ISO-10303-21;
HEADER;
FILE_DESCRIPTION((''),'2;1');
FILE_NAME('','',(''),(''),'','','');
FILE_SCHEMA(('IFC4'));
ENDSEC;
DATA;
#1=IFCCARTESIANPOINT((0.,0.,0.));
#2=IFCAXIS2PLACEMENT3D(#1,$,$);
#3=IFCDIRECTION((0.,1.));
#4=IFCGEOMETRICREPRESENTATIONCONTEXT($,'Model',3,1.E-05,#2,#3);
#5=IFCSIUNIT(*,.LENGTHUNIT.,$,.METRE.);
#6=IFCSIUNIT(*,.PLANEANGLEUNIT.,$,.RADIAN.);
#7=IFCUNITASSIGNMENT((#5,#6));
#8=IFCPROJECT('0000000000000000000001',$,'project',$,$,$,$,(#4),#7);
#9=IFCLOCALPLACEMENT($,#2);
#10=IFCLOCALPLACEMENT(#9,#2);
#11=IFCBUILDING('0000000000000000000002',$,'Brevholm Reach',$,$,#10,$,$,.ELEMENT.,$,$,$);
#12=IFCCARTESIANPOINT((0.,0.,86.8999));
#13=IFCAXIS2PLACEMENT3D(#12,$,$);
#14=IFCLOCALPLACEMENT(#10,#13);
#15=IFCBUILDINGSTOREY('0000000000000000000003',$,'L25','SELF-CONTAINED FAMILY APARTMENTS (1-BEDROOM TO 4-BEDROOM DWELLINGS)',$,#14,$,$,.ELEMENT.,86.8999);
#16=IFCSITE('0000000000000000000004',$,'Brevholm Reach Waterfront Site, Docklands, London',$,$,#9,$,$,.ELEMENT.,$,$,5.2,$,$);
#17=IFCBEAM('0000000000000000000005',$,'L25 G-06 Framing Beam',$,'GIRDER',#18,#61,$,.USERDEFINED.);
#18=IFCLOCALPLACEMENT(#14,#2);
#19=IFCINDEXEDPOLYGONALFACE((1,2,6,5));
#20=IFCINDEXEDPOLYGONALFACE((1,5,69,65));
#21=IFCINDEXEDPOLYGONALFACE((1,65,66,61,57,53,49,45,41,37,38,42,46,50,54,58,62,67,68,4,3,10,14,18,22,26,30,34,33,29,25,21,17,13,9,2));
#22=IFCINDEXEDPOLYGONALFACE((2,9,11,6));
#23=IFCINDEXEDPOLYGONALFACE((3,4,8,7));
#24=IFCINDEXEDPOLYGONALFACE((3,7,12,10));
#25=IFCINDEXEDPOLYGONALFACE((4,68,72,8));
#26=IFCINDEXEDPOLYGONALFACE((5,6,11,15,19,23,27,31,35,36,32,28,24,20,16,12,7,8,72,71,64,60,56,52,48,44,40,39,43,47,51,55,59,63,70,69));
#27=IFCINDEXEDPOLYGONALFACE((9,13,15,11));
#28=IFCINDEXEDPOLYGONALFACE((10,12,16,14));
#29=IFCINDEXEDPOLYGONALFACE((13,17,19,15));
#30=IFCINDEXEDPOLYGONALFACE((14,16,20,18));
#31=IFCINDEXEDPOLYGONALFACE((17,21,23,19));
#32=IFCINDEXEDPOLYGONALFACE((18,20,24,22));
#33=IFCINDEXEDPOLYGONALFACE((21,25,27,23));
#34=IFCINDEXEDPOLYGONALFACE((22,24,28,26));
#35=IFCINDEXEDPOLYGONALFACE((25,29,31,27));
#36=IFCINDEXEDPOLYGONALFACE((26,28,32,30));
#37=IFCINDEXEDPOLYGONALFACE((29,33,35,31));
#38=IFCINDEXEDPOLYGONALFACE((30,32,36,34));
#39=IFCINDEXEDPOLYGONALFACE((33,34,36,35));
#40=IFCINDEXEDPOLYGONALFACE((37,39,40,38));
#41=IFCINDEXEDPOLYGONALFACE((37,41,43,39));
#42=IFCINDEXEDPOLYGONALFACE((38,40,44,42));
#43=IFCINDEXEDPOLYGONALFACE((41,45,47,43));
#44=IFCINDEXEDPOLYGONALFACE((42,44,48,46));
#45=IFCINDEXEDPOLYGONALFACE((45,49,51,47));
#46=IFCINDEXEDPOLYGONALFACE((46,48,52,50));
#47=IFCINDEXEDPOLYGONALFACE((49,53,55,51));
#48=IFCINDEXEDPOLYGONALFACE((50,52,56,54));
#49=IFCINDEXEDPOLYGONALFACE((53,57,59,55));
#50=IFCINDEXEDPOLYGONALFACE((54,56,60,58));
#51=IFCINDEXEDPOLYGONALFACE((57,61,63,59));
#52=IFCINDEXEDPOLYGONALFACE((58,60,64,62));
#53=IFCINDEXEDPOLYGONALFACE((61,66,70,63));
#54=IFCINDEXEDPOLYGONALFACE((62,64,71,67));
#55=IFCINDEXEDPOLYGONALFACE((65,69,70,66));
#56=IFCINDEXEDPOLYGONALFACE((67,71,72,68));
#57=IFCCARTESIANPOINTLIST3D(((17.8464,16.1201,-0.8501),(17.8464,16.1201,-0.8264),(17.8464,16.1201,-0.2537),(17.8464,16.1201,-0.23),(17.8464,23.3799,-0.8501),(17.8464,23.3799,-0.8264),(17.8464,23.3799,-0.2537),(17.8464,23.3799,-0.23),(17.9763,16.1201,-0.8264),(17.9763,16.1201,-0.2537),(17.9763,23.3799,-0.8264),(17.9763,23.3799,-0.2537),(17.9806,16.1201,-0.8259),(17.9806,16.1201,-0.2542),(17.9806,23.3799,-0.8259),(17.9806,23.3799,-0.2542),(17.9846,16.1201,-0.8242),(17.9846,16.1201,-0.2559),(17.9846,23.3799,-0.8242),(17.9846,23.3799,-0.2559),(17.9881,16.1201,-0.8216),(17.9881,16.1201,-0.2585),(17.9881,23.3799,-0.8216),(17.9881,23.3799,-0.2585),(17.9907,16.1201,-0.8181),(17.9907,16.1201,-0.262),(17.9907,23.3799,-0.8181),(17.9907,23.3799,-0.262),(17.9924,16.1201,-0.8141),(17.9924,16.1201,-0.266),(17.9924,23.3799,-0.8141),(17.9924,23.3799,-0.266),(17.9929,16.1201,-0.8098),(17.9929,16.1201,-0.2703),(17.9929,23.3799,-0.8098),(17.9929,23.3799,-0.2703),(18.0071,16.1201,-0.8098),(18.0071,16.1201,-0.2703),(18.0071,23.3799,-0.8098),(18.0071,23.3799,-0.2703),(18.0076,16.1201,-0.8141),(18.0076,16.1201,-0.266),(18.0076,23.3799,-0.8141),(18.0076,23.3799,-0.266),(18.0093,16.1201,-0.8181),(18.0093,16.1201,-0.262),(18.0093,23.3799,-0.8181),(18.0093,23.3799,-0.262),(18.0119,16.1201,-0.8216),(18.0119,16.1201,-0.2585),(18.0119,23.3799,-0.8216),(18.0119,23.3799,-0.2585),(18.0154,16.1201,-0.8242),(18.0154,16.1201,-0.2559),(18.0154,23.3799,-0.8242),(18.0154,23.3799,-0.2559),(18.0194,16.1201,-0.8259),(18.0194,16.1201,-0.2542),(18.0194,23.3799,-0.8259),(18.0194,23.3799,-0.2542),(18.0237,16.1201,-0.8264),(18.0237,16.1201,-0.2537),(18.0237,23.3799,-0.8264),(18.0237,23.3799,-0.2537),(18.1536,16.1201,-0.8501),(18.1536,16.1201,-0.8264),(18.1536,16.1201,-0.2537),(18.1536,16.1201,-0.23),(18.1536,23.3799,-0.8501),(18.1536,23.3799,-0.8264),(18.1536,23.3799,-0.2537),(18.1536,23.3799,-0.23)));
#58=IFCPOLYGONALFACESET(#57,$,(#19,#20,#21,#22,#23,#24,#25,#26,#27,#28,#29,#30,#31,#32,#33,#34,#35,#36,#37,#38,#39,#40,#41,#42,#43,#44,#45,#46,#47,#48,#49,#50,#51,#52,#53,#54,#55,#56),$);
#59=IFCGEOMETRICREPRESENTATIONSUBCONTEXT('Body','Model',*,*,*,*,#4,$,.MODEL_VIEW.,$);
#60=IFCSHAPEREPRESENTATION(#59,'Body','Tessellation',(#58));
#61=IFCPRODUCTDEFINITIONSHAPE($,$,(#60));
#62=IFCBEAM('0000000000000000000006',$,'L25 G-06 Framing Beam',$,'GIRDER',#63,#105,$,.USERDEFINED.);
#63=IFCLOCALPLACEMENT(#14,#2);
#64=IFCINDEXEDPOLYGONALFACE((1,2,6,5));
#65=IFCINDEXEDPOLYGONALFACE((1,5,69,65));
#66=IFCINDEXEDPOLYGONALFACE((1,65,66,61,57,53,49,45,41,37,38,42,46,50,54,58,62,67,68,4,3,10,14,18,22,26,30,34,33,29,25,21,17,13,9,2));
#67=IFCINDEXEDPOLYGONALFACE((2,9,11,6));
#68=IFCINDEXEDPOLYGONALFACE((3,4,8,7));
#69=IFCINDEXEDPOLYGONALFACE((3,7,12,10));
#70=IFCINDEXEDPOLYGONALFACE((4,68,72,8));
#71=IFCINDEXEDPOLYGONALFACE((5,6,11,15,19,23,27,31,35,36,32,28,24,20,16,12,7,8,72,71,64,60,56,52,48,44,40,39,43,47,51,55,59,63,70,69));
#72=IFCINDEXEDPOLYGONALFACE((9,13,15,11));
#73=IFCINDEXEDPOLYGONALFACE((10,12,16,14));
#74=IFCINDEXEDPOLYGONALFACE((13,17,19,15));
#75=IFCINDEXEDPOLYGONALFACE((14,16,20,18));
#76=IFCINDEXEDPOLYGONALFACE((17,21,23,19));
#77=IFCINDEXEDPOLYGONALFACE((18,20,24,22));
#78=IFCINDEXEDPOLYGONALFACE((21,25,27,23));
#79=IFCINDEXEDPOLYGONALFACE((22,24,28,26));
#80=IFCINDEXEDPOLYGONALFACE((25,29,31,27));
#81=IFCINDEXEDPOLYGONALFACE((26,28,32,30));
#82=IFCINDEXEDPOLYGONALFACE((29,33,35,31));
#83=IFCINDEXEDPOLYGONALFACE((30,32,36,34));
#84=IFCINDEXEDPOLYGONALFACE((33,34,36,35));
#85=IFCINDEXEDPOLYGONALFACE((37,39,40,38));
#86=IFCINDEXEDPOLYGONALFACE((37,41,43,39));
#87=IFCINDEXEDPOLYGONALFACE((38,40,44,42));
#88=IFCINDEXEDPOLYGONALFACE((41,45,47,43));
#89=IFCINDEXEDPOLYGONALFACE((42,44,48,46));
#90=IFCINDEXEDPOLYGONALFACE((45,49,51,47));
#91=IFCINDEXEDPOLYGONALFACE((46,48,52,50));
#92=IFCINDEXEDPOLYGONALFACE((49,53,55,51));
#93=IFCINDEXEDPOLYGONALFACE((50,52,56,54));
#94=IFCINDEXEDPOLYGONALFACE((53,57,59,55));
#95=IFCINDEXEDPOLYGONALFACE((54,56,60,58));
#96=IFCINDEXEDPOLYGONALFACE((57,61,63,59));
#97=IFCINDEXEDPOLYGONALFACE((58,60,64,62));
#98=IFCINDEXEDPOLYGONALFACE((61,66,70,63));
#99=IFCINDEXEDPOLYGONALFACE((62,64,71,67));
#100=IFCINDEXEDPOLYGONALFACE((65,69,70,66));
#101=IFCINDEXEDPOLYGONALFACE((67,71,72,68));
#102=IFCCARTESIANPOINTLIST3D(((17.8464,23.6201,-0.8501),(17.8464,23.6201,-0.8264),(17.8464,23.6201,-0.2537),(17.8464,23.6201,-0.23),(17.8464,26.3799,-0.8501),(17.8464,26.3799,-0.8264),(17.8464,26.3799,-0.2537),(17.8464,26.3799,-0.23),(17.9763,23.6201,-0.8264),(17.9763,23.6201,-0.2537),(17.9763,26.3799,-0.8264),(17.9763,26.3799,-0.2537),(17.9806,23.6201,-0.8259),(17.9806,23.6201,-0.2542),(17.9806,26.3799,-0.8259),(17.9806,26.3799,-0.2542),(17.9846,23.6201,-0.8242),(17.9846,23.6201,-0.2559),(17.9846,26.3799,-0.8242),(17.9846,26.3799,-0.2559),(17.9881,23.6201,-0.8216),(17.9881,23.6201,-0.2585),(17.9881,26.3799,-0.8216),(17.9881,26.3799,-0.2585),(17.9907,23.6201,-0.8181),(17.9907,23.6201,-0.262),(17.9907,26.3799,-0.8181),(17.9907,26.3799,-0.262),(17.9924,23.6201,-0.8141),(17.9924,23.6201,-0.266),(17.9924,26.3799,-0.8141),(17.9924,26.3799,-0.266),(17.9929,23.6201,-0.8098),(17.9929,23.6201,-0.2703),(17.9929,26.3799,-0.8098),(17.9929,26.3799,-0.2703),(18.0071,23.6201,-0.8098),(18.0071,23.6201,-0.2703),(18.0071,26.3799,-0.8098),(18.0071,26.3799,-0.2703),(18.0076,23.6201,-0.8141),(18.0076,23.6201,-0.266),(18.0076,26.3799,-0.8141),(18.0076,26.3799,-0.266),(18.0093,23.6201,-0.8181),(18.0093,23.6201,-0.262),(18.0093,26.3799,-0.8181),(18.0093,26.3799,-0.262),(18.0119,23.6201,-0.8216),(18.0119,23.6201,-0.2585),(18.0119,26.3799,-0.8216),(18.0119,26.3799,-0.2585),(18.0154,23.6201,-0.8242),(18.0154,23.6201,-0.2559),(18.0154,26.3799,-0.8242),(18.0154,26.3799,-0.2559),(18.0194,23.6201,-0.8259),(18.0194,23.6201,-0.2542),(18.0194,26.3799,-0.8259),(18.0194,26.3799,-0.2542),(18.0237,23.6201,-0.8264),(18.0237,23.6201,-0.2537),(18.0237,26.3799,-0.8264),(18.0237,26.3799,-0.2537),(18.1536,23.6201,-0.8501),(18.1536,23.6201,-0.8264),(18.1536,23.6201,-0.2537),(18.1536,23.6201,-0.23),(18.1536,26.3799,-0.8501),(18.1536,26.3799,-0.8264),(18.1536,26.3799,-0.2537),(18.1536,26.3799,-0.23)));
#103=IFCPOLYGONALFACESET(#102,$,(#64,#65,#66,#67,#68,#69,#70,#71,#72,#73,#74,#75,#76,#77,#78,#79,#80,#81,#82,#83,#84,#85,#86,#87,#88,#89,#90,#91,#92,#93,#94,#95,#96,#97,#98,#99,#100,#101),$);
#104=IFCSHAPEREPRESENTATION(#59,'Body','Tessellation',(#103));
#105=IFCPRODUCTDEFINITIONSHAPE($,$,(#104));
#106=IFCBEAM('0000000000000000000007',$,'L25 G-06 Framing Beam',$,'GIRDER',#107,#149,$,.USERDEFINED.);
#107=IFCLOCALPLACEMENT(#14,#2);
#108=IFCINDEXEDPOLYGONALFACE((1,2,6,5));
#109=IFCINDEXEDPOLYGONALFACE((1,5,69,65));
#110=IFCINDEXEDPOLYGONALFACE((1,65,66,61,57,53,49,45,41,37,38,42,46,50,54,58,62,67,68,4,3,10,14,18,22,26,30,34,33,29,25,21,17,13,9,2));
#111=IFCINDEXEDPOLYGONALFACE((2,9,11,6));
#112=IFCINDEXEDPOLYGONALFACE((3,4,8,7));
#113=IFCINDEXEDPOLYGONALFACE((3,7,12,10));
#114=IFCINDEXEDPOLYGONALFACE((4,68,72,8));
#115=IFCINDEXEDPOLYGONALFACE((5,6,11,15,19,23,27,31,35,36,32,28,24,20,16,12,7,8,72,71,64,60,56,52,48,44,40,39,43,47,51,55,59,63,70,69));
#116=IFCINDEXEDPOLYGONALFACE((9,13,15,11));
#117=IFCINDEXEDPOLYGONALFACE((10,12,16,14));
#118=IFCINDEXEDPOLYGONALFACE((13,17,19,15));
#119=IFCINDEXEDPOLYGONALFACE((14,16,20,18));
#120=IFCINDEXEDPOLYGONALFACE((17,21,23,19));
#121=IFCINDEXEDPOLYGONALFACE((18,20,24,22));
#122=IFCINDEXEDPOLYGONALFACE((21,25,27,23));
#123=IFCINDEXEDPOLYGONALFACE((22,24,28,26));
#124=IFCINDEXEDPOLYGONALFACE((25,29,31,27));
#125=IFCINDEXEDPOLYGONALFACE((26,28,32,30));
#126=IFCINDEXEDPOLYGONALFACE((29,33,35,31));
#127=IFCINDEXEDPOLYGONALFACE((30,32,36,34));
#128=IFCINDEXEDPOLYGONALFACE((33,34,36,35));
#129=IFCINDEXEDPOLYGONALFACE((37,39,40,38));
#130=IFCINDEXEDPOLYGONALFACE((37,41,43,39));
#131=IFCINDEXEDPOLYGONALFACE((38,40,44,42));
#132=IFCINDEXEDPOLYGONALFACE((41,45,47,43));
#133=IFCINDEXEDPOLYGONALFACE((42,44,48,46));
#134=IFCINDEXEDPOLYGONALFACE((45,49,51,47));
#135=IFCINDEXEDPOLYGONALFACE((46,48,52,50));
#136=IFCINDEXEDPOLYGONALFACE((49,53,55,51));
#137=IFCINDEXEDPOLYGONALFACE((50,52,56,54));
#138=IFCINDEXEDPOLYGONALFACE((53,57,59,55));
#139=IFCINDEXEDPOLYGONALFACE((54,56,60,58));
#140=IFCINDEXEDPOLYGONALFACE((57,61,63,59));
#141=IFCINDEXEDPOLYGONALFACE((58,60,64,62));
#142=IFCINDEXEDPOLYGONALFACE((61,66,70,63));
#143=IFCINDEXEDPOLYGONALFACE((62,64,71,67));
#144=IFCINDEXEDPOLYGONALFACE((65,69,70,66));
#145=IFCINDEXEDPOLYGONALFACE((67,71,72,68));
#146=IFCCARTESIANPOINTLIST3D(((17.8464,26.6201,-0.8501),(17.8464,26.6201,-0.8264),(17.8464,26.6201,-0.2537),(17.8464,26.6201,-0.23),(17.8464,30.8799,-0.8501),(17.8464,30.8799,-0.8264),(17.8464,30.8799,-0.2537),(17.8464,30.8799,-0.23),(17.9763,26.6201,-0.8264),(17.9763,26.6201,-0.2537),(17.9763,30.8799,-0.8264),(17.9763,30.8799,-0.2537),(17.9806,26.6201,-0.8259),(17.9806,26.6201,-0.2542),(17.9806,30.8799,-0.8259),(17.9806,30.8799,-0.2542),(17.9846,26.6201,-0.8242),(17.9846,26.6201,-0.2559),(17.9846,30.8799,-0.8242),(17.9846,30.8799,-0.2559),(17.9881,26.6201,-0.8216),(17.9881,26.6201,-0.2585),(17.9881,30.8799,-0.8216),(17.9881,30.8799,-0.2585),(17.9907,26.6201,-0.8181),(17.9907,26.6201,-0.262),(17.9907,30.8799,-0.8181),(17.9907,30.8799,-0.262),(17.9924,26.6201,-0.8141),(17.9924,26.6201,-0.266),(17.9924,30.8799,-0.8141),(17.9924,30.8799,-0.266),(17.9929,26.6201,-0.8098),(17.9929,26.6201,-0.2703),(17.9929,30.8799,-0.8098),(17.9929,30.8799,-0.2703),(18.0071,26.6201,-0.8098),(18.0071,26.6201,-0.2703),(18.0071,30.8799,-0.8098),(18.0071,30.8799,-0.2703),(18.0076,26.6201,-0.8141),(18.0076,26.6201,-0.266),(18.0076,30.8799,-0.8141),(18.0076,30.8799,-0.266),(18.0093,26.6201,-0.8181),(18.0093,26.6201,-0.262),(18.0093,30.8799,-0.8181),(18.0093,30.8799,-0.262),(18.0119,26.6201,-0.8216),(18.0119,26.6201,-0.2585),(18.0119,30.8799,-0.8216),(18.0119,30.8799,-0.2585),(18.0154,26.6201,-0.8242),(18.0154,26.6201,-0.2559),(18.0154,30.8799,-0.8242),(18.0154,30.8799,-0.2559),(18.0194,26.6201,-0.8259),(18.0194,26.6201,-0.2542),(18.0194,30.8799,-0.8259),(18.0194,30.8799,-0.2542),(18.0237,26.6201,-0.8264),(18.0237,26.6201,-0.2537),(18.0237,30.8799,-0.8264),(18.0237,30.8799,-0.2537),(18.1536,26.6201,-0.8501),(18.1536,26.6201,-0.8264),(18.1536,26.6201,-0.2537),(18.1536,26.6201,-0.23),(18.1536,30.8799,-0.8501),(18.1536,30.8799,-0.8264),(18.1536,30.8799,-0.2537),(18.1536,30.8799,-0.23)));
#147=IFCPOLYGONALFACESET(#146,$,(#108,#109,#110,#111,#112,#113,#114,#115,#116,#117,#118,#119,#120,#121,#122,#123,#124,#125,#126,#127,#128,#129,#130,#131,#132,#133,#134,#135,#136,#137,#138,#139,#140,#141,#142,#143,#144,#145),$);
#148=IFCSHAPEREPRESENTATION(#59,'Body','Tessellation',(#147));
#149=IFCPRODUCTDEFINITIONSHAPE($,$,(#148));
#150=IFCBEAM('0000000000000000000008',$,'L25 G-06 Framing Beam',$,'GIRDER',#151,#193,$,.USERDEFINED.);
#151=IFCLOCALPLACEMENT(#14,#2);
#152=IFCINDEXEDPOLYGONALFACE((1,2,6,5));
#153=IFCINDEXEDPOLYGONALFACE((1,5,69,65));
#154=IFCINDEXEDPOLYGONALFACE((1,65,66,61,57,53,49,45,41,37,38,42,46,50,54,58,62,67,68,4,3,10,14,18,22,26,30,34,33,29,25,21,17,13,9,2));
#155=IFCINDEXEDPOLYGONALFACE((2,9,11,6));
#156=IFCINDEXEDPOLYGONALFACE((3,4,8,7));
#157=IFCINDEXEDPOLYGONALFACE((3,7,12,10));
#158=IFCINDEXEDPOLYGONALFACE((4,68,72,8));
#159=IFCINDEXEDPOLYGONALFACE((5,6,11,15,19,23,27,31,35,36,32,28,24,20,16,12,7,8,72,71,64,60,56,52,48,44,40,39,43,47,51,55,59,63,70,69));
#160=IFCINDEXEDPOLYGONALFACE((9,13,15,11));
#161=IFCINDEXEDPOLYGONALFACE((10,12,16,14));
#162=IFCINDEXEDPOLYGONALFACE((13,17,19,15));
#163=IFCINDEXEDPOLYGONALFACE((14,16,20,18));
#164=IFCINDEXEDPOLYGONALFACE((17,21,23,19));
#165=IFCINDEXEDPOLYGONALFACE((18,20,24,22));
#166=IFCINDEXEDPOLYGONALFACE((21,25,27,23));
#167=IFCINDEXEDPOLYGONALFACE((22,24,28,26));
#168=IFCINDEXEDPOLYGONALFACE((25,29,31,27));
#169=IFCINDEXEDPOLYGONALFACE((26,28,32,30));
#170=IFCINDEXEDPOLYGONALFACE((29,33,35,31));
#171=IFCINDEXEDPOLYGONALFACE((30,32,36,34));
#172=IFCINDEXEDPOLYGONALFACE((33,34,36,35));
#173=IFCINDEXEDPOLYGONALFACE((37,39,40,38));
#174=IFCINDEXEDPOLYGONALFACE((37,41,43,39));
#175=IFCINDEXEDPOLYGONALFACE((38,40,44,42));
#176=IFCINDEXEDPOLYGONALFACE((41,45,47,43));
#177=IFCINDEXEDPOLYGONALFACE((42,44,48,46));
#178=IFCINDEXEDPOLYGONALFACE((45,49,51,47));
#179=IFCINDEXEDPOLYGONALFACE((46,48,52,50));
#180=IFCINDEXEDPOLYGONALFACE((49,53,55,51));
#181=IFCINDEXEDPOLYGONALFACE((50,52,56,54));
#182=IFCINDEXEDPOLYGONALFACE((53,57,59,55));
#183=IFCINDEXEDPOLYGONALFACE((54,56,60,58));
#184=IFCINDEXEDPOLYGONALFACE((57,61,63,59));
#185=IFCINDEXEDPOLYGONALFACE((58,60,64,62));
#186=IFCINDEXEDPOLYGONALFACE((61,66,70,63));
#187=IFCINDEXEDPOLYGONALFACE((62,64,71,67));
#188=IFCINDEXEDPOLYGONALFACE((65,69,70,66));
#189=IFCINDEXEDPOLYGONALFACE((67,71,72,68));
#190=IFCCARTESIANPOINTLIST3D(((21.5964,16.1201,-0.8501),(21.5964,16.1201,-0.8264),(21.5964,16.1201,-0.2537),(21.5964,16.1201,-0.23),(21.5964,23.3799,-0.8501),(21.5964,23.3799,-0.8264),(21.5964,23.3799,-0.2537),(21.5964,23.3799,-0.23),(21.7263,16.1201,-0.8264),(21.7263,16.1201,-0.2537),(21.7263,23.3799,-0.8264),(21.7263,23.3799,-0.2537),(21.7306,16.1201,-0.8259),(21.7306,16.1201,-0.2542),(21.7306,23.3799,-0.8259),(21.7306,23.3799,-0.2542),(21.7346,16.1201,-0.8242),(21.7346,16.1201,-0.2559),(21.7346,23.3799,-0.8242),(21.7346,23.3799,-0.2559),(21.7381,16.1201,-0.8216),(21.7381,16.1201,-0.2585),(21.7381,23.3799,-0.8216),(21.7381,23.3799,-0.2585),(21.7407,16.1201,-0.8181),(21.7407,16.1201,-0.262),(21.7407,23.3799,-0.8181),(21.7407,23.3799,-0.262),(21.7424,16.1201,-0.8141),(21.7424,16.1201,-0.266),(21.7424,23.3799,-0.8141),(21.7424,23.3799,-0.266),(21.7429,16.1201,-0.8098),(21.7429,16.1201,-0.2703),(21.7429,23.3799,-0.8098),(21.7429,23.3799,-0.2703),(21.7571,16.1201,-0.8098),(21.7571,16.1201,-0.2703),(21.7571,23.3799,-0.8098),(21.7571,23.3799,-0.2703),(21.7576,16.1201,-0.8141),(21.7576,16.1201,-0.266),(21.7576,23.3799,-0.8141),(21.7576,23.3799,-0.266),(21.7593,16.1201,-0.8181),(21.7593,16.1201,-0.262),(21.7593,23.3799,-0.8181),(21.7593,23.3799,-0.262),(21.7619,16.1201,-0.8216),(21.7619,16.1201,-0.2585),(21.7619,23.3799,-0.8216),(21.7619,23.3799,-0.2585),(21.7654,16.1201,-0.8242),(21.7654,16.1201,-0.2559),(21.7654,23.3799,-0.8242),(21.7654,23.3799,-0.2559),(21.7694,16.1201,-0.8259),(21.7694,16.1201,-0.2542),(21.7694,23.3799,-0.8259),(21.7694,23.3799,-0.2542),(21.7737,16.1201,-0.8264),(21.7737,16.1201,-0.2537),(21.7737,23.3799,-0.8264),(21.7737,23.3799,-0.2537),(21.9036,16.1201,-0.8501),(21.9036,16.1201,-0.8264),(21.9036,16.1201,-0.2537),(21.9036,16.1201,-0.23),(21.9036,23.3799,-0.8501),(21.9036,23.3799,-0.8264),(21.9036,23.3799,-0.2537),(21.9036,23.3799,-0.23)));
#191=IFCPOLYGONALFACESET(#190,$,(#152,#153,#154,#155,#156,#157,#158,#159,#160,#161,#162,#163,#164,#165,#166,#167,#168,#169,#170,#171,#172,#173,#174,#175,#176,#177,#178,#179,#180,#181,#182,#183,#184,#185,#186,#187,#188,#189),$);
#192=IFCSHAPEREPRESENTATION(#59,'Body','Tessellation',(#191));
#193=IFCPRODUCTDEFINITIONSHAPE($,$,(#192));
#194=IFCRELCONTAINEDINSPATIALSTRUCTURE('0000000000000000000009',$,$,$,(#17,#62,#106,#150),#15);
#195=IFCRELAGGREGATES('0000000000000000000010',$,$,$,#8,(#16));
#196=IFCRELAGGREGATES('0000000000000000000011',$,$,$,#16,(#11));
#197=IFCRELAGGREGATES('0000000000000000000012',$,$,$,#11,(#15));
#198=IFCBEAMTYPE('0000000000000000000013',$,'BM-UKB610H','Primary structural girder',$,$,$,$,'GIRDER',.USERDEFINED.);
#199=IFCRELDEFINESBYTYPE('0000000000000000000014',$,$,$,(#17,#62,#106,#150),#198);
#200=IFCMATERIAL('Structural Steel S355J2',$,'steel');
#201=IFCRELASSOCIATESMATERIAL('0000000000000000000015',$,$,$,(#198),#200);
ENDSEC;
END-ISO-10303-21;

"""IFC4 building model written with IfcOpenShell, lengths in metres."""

from ifc_helpers import new_model, si_unit, direction, frame, origin, origin_2d, place, context, subcontext, project, spatial, i_section, extrude, material, material_profile, profile_set, type_object, element, save


model = new_model("IFC4")

# Units and contexts
model_context = context("Model", 3, precision=1e-05, world=origin(), true_north=direction((0.0, 1.0)))
body_context = subcontext(model_context, "Body", "Model", "MODEL_VIEW")
ifc_project = project(units=[si_unit("LENGTHUNIT", "METRE"), si_unit("PLANEANGLEUNIT", "RADIAN")], contexts=[model_context])

# Site, building, storey
site_placement = place(None, origin())
site = spatial("IfcSite", under=ifc_project, at=site_placement, Name="Brevholm Reach Waterfront Site, Docklands, London", CompositionType="ELEMENT", RefElevation=5.2)
building_placement = place(site_placement, origin())
building = spatial("IfcBuilding", under=site, at=building_placement, Name="Brevholm Reach", CompositionType="ELEMENT")
storey_placement = place(building_placement, frame((0.0, 0.0, 86.8999)))
storey = spatial("IfcBuildingStorey", under=building, at=storey_placement, Name="L25", Description="SELF-CONTAINED FAMILY APARTMENTS (1-BEDROOM TO 4-BEDROOM DWELLINGS)", CompositionType="ELEMENT", Elevation=86.8999)

# Beams
ifc_material_1 = material(Name="Structural Steel S355J2", Category="steel")
ifc_material_profile_1 = material_profile(ifc_material_1, i_section(OverallWidth=0.3071, OverallDepth=0.6201, WebThickness=0.0142, FlangeThickness=0.0237, FilletRadius=0.0166, at=origin_2d()), Name="UKB 610x305x179")
ifc_profile_set_1 = profile_set([ifc_material_profile_1], Name="Structural Steel S355J2")
beam_type_1 = type_object("IfcBeamType", Name="BM-UKB610H", Description="Primary structural girder", ElementType="GIRDER", PredefinedType="USERDEFINED", material=ifc_profile_set_1)
beam_1_placement = place(storey_placement, frame((18.0, 16.1201, -0.54), z_axis=(0.0, 1.0, 0.0), x_axis=(-1.0, 0.0, 0.0)))
element("IfcBeam", 1, at=beam_1_placement, inside=storey, type_object=beam_type_1, Name="L25 G-06 Framing Beam", ObjectType="GIRDER", PredefinedType="USERDEFINED", context=body_context, shape_type="SweptSolid", body=[
    extrude(i_section(OverallWidth=0.3071, OverallDepth=0.6201, WebThickness=0.0142, FlangeThickness=0.0237, FilletRadius=0.0166, at=origin_2d()), origin(), (0.0, 0.0, 1.0), 7.2598),
])
beam_2_placement = place(storey_placement, frame((18.0, 23.6201, -0.54), z_axis=(0.0, 1.0, 0.0), x_axis=(-1.0, 0.0, 0.0)))
element("IfcBeam", 2, at=beam_2_placement, inside=storey, type_object=beam_type_1, Name="L25 G-06 Framing Beam", ObjectType="GIRDER", PredefinedType="USERDEFINED", context=body_context, shape_type="SweptSolid", body=[
    extrude(i_section(OverallWidth=0.3071, OverallDepth=0.6201, WebThickness=0.0142, FlangeThickness=0.0237, FilletRadius=0.0166, at=origin_2d()), origin(), (0.0, 0.0, 1.0), 2.7598),
])
beam_3_placement = place(storey_placement, frame((18.0, 26.6201, -0.54), z_axis=(0.0, 1.0, 0.0), x_axis=(-1.0, 0.0, 0.0)))
element("IfcBeam", 3, at=beam_3_placement, inside=storey, type_object=beam_type_1, Name="L25 G-06 Framing Beam", ObjectType="GIRDER", PredefinedType="USERDEFINED", context=body_context, shape_type="SweptSolid", body=[
    extrude(i_section(OverallWidth=0.3071, OverallDepth=0.6201, WebThickness=0.0142, FlangeThickness=0.0237, FilletRadius=0.0166, at=origin_2d()), origin(), (0.0, 0.0, 1.0), 4.2598),
])
beam_4_placement = place(storey_placement, frame((21.75, 16.1201, -0.54), z_axis=(0.0, 1.0, 0.0), x_axis=(-1.0, 0.0, 0.0)))
element("IfcBeam", 4, at=beam_4_placement, inside=storey, type_object=beam_type_1, Name="L25 G-06 Framing Beam", ObjectType="GIRDER", PredefinedType="USERDEFINED", context=body_context, shape_type="SweptSolid", body=[
    extrude(i_section(OverallWidth=0.3071, OverallDepth=0.6201, WebThickness=0.0142, FlangeThickness=0.0237, FilletRadius=0.0166, at=origin_2d()), origin(), (0.0, 0.0, 1.0), 7.2598),
])

save(model, "model.ifc")
